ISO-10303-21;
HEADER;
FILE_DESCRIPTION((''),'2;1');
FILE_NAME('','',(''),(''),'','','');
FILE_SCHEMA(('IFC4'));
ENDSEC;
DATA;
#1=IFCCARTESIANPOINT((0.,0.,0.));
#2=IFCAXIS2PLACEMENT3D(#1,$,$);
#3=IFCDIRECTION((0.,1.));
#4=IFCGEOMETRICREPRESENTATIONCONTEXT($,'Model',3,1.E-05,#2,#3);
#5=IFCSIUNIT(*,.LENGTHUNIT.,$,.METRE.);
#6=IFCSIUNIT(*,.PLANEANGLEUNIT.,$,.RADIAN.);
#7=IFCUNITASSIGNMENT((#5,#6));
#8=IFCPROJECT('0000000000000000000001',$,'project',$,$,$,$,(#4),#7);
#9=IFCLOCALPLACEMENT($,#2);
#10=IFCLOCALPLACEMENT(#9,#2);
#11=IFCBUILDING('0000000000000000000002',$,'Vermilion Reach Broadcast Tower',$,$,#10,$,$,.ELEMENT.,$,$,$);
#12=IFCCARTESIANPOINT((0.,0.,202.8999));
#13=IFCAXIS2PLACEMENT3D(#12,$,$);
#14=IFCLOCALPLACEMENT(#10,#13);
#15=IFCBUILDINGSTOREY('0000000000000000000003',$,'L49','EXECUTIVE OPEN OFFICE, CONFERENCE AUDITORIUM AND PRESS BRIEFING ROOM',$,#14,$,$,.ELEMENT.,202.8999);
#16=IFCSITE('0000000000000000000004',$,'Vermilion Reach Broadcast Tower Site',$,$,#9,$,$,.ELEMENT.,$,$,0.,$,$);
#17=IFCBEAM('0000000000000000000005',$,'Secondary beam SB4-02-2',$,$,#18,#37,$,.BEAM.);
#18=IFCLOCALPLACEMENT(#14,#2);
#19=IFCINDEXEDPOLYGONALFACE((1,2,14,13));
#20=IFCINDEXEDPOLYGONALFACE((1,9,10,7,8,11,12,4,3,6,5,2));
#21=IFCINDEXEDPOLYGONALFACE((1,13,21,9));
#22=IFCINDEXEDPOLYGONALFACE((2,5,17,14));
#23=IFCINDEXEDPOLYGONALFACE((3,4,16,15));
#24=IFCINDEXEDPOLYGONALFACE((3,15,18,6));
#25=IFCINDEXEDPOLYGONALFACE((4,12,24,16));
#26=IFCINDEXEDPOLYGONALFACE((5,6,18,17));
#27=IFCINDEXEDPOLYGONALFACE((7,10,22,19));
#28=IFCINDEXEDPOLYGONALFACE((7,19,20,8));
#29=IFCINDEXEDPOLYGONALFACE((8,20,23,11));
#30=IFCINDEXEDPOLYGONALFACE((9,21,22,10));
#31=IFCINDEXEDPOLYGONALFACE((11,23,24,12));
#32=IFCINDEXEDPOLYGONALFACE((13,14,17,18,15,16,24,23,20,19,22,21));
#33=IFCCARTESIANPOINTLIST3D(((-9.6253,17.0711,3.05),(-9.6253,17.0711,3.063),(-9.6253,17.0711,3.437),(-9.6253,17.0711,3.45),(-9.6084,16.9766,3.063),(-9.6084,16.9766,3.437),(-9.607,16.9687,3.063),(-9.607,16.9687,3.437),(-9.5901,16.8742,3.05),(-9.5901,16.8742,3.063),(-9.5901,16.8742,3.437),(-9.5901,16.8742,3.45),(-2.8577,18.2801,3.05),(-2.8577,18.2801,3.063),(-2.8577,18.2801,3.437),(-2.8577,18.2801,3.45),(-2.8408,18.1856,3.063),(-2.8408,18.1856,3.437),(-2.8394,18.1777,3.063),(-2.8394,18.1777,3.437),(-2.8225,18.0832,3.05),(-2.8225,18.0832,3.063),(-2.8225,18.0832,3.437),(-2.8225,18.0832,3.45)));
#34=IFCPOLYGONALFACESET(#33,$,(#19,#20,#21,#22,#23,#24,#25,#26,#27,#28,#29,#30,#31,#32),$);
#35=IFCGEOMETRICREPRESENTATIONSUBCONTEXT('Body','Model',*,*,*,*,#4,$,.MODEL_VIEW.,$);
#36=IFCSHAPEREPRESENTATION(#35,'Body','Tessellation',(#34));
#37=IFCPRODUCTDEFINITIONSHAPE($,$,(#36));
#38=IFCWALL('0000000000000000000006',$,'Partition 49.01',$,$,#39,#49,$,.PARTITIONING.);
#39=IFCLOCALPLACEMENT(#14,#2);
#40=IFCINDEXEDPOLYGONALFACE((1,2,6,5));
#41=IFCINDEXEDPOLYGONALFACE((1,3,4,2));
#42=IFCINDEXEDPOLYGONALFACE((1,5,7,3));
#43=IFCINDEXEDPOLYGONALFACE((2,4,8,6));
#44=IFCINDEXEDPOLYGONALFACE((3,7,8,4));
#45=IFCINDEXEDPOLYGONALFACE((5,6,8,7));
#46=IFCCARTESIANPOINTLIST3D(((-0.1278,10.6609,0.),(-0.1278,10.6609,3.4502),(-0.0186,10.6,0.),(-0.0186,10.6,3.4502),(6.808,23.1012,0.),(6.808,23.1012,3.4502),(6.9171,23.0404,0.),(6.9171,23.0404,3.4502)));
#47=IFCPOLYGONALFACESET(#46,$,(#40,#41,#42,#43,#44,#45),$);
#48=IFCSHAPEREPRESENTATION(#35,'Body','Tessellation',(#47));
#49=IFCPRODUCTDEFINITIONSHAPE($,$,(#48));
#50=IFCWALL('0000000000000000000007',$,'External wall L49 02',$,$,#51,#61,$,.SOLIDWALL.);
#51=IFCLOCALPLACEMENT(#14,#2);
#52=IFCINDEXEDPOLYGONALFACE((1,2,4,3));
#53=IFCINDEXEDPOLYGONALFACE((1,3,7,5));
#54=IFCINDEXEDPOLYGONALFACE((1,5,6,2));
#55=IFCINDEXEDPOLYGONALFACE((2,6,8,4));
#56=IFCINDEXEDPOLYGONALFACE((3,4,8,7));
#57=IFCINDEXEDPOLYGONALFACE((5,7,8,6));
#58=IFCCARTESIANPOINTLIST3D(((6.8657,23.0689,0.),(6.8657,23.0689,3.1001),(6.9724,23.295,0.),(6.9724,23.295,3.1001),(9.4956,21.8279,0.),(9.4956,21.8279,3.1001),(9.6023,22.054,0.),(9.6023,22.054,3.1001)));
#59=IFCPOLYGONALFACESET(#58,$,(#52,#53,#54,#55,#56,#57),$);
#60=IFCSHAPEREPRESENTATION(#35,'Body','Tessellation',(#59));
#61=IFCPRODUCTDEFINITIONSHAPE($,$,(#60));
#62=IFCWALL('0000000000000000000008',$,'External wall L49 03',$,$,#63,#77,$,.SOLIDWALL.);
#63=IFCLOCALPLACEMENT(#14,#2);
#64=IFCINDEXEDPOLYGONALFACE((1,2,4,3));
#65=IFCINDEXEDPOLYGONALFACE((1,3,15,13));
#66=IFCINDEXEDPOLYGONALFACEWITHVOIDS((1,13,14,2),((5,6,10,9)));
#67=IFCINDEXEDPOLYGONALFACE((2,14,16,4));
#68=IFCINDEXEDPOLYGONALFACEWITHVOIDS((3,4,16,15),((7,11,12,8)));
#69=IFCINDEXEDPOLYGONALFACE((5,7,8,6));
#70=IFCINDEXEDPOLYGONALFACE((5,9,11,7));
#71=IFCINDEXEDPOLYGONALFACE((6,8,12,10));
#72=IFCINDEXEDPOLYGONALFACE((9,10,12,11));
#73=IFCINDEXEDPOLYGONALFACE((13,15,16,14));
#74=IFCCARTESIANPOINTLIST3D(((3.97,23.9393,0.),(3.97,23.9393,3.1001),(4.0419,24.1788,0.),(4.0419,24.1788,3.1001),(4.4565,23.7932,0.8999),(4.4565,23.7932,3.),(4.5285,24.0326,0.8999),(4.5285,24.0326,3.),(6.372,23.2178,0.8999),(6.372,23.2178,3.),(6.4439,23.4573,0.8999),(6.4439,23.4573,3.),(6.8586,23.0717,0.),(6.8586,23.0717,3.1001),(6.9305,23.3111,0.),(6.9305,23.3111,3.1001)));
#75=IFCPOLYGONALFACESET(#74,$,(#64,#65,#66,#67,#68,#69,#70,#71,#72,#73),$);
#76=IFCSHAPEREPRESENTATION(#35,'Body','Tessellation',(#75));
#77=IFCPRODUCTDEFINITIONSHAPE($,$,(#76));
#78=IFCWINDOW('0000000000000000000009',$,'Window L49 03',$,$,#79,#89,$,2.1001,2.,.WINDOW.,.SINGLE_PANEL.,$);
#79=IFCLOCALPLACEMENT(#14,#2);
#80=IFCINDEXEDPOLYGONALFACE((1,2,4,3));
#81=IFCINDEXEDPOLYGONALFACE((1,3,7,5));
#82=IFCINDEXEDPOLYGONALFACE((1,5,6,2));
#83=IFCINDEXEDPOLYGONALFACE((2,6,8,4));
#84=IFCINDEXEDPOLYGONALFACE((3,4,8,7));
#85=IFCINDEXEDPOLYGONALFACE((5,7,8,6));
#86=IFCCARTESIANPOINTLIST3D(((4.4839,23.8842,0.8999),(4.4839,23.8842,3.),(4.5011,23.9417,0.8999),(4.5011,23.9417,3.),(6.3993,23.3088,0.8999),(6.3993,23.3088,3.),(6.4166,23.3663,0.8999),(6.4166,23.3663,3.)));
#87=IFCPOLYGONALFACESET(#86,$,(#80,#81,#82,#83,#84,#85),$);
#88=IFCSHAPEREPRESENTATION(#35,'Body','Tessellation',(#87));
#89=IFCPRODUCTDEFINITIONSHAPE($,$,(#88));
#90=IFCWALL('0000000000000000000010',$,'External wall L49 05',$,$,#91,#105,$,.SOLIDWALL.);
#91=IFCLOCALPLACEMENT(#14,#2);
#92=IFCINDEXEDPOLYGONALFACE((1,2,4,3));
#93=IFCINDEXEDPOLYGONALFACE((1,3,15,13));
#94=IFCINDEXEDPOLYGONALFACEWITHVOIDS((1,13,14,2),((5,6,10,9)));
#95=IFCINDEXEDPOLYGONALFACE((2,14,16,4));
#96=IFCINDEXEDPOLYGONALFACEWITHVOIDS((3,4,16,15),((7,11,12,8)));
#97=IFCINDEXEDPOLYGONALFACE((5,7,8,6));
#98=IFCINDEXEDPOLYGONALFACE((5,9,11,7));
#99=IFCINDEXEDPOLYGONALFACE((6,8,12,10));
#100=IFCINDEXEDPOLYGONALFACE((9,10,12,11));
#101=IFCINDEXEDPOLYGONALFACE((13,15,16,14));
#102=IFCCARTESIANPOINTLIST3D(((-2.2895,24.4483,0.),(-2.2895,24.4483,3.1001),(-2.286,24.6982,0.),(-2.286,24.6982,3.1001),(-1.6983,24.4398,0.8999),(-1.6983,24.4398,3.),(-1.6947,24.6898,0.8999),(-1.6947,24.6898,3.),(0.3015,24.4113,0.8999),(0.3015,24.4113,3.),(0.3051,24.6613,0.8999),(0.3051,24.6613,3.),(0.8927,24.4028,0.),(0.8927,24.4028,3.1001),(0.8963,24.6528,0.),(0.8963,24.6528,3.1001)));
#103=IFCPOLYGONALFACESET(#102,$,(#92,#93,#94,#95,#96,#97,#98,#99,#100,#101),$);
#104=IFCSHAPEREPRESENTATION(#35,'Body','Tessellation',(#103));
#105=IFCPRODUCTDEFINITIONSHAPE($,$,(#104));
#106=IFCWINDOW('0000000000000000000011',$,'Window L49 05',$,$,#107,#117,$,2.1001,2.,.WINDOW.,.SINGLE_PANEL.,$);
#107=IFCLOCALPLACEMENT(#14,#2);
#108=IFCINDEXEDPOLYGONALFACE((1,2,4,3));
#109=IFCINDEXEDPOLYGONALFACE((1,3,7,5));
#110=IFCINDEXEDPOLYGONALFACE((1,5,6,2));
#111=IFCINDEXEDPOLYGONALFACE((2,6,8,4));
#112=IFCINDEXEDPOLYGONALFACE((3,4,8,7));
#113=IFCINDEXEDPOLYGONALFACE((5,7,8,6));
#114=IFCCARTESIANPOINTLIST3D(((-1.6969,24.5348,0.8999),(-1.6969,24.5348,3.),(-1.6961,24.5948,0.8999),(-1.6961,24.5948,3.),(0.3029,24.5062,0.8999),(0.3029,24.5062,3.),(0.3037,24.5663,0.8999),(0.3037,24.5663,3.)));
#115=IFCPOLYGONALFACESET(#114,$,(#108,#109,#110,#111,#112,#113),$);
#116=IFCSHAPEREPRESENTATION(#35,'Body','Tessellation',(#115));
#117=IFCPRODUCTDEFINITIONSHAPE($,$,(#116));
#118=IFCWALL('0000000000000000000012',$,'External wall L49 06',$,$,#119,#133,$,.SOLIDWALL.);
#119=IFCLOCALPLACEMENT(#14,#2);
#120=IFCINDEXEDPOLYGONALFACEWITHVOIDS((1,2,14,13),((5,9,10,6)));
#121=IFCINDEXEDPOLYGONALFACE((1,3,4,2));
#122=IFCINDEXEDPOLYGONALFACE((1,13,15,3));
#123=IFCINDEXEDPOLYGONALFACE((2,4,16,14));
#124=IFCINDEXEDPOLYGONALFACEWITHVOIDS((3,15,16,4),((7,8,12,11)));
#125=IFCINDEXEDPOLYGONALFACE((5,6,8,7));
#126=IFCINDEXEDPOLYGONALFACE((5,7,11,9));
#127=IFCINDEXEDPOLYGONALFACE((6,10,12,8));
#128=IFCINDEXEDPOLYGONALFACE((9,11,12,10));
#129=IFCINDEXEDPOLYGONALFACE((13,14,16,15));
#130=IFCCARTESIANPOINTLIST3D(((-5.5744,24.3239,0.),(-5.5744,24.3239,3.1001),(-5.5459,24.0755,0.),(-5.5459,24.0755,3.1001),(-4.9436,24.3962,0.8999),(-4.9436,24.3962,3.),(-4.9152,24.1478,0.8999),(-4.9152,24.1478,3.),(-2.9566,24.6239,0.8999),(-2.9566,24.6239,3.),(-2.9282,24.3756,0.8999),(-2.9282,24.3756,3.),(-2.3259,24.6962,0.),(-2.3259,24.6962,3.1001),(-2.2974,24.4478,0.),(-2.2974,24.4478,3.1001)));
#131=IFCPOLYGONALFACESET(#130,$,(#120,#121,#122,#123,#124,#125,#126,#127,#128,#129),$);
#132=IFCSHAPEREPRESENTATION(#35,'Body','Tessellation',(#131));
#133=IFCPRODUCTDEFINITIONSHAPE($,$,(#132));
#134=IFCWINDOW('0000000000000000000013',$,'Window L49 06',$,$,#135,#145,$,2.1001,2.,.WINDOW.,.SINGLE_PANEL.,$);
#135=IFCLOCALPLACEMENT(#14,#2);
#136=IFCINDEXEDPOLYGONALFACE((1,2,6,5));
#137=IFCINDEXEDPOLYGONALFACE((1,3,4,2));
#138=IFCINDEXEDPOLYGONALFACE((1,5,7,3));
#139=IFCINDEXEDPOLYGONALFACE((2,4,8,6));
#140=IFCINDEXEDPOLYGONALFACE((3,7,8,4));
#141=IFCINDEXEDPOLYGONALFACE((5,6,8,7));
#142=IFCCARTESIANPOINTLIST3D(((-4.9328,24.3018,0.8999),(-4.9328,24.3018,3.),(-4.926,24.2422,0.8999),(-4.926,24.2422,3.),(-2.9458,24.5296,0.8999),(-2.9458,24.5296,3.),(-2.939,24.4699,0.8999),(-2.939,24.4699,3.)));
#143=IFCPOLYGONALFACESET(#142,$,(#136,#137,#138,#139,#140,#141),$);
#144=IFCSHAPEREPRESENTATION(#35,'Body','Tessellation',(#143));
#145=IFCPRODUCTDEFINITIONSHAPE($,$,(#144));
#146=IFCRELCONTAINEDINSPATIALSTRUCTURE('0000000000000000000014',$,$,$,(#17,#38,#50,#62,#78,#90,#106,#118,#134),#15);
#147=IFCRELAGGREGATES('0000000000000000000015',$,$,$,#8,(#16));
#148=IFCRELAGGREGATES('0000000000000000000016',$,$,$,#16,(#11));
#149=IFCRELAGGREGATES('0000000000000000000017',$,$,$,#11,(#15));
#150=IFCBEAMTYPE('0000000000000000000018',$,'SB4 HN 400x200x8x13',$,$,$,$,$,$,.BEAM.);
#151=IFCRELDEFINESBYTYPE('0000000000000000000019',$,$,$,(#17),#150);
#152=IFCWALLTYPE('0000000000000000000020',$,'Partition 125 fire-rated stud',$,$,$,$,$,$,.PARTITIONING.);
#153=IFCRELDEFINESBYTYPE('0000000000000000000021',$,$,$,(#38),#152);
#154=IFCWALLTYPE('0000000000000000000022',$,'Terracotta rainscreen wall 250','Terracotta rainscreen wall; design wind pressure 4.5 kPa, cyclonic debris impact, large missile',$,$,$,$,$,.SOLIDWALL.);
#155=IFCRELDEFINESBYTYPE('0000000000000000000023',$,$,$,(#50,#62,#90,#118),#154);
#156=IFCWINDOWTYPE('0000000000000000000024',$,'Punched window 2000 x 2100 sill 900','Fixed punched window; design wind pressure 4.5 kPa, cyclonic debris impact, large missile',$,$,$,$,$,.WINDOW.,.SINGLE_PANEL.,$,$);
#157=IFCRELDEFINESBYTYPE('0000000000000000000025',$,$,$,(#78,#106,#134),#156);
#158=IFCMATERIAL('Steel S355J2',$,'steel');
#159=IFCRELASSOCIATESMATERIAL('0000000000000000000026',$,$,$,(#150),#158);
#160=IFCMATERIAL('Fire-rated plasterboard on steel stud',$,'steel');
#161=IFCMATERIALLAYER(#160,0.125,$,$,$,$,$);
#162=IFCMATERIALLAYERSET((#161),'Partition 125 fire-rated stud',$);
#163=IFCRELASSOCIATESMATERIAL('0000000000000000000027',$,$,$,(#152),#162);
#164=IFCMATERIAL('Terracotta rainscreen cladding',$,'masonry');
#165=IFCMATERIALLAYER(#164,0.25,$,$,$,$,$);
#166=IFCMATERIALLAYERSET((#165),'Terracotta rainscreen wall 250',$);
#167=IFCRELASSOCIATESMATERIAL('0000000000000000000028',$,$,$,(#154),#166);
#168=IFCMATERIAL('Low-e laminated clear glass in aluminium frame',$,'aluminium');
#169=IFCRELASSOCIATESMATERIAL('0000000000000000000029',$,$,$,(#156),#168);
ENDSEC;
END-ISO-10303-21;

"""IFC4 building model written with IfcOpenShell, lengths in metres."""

from ifc_helpers import new_model, si_unit, direction, frame, frame_2d, origin, origin_2d, place, context, subcontext, project, spatial, rectangle, i_section, extrude, material, layer, layer_set, material_profile, profile_set, type_object, element, fill, save


model = new_model("IFC4")

# Units and contexts
model_context = context("Model", 3, precision=1e-05, world=origin(), true_north=direction((0.0, 1.0)))
body_context = subcontext(model_context, "Body", "Model", "MODEL_VIEW")
ifc_project = project(units=[si_unit("LENGTHUNIT", "METRE"), si_unit("PLANEANGLEUNIT", "RADIAN")], contexts=[model_context])

# Site, building, storey
site_placement = place(None, origin())
site = spatial("IfcSite", under=ifc_project, at=site_placement, Name="Vermilion Reach Broadcast Tower Site", CompositionType="ELEMENT", RefElevation=0.0)
building_placement = place(site_placement, origin())
building = spatial("IfcBuilding", under=site, at=building_placement, Name="Vermilion Reach Broadcast Tower", CompositionType="ELEMENT")
storey_placement = place(building_placement, frame((0.0, 0.0, 202.8999)))
storey = spatial("IfcBuildingStorey", under=building, at=storey_placement, Name="L49", Description="EXECUTIVE OPEN OFFICE, CONFERENCE AUDITORIUM AND PRESS BRIEFING ROOM", CompositionType="ELEMENT", Elevation=202.8999)

# Beam
ifc_material_1 = material(Name="Steel S355J2", Category="steel")
ifc_material_profile_1 = material_profile(ifc_material_1, i_section(OverallWidth=0.2, OverallDepth=0.3999, WebThickness=0.0081, FlangeThickness=0.0129, at=origin_2d()), Name="S355J2 HN 400x200x8x13")
ifc_profile_set_1 = profile_set([ifc_material_profile_1], Name="Steel S355J2")
beam_type_1 = type_object("IfcBeamType", Name="SB4 HN 400x200x8x13", PredefinedType="BEAM", material=ifc_profile_set_1)
beam_1_placement = place(storey_placement, frame((-2.8401, 18.1816, 3.25), z_axis=(-0.984415, -0.175859, 0.0), x_axis=(0.175859, -0.984415, 0.0)))
element("IfcBeam", 1, at=beam_1_placement, inside=storey, type_object=beam_type_1, Name="Secondary beam SB4-02-2", PredefinedType="BEAM", context=body_context, shape_type="SweptSolid", body=[
    extrude(i_section(OverallWidth=0.2, OverallDepth=0.3999, WebThickness=0.0081, FlangeThickness=0.0129, at=origin_2d()), origin(), (0.0, 0.0, 1.0), 6.8748),
])

# Walls
ifc_material_2 = material(Name="Fire-rated plasterboard on steel stud", Category="steel")
ifc_layer_1 = layer(ifc_material_2, 0.125)
ifc_layer_set_1 = layer_set([ifc_layer_1], Name="Partition 125 fire-rated stud")
wall_type_1 = type_object("IfcWallType", Name="Partition 125 fire-rated stud", PredefinedType="PARTITIONING", material=ifc_layer_set_1)
wall_1_placement = place(storey_placement, frame((6.8625, 23.0708, 0.0), z_axis=(0.0, 0.0, 1.0), x_axis=(-0.486954, -0.873428, 0.0)))
element("IfcWall", 2, at=wall_1_placement, inside=storey, type_object=wall_type_1, Name="Partition 49.01", PredefinedType="PARTITIONING", context=body_context, shape_type="SweptSolid", body=[
    extrude(rectangle(XDim=14.2432, YDim=0.125, at=frame_2d((7.1216, 0.0))), origin(), (0.0, 0.0, 1.0), 3.4502),
])
ifc_material_3 = material(Name="Terracotta rainscreen cladding", Category="masonry")
ifc_layer_2 = layer(ifc_material_3, 0.25)
ifc_layer_set_2 = layer_set([ifc_layer_2], Name="Terracotta rainscreen wall 250")
wall_type_2 = type_object("IfcWallType", Name="Terracotta rainscreen wall 250", Description="Terracotta rainscreen wall; design wind pressure 4.5 kPa, cyclonic debris impact, large missile", PredefinedType="SOLIDWALL", material=ifc_layer_set_2)
wall_2_placement = place(storey_placement, frame((9.5491, 21.9409, 0.0), z_axis=(0.0, 0.0, 1.0), x_axis=(-0.904371, 0.426747, 0.0)))
element("IfcWall", 3, at=wall_2_placement, inside=storey, type_object=wall_type_2, Name="External wall L49 02", PredefinedType="SOLIDWALL", context=body_context, shape_type="SweptSolid", body=[
    extrude(rectangle(XDim=2.908, YDim=0.25, at=frame_2d((1.4541, 0.0))), origin(), (0.0, 0.0, 1.0), 3.1001),
])

# Wall, opening, window
wall_3_placement = place(storey_placement, frame((6.8945, 23.1914, 0.0), z_axis=(0.0, 0.0, 1.0), x_axis=(-0.957728, 0.287675, 0.0)))
wall_3 = element("IfcWall", 4, at=wall_3_placement, inside=storey, type_object=wall_type_2, Name="External wall L49 03", PredefinedType="SOLIDWALL", context=body_context, shape_type="SweptSolid", body=[
    extrude(rectangle(XDim=3.0161, YDim=0.25, at=frame_2d((1.5081, 0.0))), origin(), (0.0, 0.0, 1.0), 3.1001),
])
opening_1_placement = place(wall_3_placement, frame((0.5081, 0.0, 0.8999)))
opening_1 = element("IfcOpeningElement", 5, at=opening_1_placement, cuts=wall_3, PredefinedType="OPENING", context=body_context, shape_type="SweptSolid", body=[
    extrude(rectangle(XDim=2.0, YDim=2.1001, at=frame_2d((1.0, 1.05))), frame((0.0, 0.135, 0.0), z_axis=(0.0, -1.0, 0.0), x_axis=(1.0, 0.0, 0.0)), (0.0, 0.0, 1.0), 0.27),
])
ifc_material_4 = material(Name="Low-e laminated clear glass in aluminium frame", Category="aluminium")
window_type = type_object("IfcWindowType", Name="Punched window 2000 x 2100 sill 900", Description="Fixed punched window; design wind pressure 4.5 kPa, cyclonic debris impact, large missile", PartitioningType="SINGLE_PANEL", PredefinedType="WINDOW", material=ifc_material_4)
window_1_placement = place(opening_1_placement, origin())
window_1 = element("IfcWindow", 6, at=window_1_placement, inside=storey, type_object=window_type, Name="Window L49 03", OverallHeight=2.1001, OverallWidth=2.0, PartitioningType="SINGLE_PANEL", PredefinedType="WINDOW", context=body_context, shape_type="SweptSolid", body=[
    extrude(rectangle(XDim=2.0, YDim=2.1001, at=frame_2d((1.0, 1.05))), frame((0.0, 0.03, 0.0), z_axis=(0.0, -1.0, 0.0), x_axis=(1.0, 0.0, 0.0)), (0.0, 0.0, 1.0), 0.0601),
])
fill(opening_1, window_1)

# Walls, openings, windows
wall_4_placement = place(storey_placement, frame((0.8945, 24.5278, 0.0), z_axis=(0.0, 0.0, 1.0), x_axis=(-0.999898, 0.014268, 0.0)))
wall_4 = element("IfcWall", 7, at=wall_4_placement, inside=storey, type_object=wall_type_2, Name="External wall L49 05", PredefinedType="SOLIDWALL", context=body_context, shape_type="SweptSolid", body=[
    extrude(rectangle(XDim=3.1826, YDim=0.25, at=frame_2d((1.5913, 0.0))), origin(), (0.0, 0.0, 1.0), 3.1001),
])
opening_2_placement = place(wall_4_placement, frame((0.5913, 0.0, 0.8999)))
opening_2 = element("IfcOpeningElement", 8, at=opening_2_placement, cuts=wall_4, PredefinedType="OPENING", context=body_context, shape_type="SweptSolid", body=[
    extrude(rectangle(XDim=2.0, YDim=2.1001, at=frame_2d((1.0, 1.05))), frame((0.0, 0.135, 0.0), z_axis=(0.0, -1.0, 0.0), x_axis=(1.0, 0.0, 0.0)), (0.0, 0.0, 1.0), 0.27),
])
window_2_placement = place(opening_2_placement, origin())
window_2 = element("IfcWindow", 9, at=window_2_placement, inside=storey, type_object=window_type, Name="Window L49 05", OverallHeight=2.1001, OverallWidth=2.0, PartitioningType="SINGLE_PANEL", PredefinedType="WINDOW", context=body_context, shape_type="SweptSolid", body=[
    extrude(rectangle(XDim=2.0, YDim=2.1001, at=frame_2d((1.0, 1.05))), frame((0.0, 0.03, 0.0), z_axis=(0.0, -1.0, 0.0), x_axis=(1.0, 0.0, 0.0)), (0.0, 0.0, 1.0), 0.0601),
])
fill(opening_2, window_2)
wall_5_placement = place(storey_placement, frame((-2.3118, 24.572, 0.0), z_axis=(0.0, 0.0, 1.0), x_axis=(-0.993496, -0.113865, 0.0)))
wall_5 = element("IfcWall", 10, at=wall_5_placement, inside=storey, type_object=wall_type_2, Name="External wall L49 06", PredefinedType="SOLIDWALL", context=body_context, shape_type="SweptSolid", body=[
    extrude(rectangle(XDim=3.2698, YDim=0.25, at=frame_2d((1.6348, 0.0))), origin(), (0.0, 0.0, 1.0), 3.1001),
])
opening_3_placement = place(wall_5_placement, frame((0.6348, 0.0, 0.8999)))
opening_3 = element("IfcOpeningElement", 11, at=opening_3_placement, cuts=wall_5, PredefinedType="OPENING", context=body_context, shape_type="SweptSolid", body=[
    extrude(rectangle(XDim=2.0, YDim=2.1001, at=frame_2d((1.0, 1.05))), frame((0.0, 0.135, 0.0), z_axis=(0.0, -1.0, 0.0), x_axis=(1.0, 0.0, 0.0)), (0.0, 0.0, 1.0), 0.27),
])
window_3_placement = place(opening_3_placement, origin())
window_3 = element("IfcWindow", 12, at=window_3_placement, inside=storey, type_object=window_type, Name="Window L49 06", OverallHeight=2.1001, OverallWidth=2.0, PartitioningType="SINGLE_PANEL", PredefinedType="WINDOW", context=body_context, shape_type="SweptSolid", body=[
    extrude(rectangle(XDim=2.0, YDim=2.1001, at=frame_2d((1.0, 1.05))), frame((0.0, 0.03, 0.0), z_axis=(0.0, -1.0, 0.0), x_axis=(1.0, 0.0, 0.0)), (0.0, 0.0, 1.0), 0.0601),
])
fill(opening_3, window_3)

save(model, "model.ifc")
